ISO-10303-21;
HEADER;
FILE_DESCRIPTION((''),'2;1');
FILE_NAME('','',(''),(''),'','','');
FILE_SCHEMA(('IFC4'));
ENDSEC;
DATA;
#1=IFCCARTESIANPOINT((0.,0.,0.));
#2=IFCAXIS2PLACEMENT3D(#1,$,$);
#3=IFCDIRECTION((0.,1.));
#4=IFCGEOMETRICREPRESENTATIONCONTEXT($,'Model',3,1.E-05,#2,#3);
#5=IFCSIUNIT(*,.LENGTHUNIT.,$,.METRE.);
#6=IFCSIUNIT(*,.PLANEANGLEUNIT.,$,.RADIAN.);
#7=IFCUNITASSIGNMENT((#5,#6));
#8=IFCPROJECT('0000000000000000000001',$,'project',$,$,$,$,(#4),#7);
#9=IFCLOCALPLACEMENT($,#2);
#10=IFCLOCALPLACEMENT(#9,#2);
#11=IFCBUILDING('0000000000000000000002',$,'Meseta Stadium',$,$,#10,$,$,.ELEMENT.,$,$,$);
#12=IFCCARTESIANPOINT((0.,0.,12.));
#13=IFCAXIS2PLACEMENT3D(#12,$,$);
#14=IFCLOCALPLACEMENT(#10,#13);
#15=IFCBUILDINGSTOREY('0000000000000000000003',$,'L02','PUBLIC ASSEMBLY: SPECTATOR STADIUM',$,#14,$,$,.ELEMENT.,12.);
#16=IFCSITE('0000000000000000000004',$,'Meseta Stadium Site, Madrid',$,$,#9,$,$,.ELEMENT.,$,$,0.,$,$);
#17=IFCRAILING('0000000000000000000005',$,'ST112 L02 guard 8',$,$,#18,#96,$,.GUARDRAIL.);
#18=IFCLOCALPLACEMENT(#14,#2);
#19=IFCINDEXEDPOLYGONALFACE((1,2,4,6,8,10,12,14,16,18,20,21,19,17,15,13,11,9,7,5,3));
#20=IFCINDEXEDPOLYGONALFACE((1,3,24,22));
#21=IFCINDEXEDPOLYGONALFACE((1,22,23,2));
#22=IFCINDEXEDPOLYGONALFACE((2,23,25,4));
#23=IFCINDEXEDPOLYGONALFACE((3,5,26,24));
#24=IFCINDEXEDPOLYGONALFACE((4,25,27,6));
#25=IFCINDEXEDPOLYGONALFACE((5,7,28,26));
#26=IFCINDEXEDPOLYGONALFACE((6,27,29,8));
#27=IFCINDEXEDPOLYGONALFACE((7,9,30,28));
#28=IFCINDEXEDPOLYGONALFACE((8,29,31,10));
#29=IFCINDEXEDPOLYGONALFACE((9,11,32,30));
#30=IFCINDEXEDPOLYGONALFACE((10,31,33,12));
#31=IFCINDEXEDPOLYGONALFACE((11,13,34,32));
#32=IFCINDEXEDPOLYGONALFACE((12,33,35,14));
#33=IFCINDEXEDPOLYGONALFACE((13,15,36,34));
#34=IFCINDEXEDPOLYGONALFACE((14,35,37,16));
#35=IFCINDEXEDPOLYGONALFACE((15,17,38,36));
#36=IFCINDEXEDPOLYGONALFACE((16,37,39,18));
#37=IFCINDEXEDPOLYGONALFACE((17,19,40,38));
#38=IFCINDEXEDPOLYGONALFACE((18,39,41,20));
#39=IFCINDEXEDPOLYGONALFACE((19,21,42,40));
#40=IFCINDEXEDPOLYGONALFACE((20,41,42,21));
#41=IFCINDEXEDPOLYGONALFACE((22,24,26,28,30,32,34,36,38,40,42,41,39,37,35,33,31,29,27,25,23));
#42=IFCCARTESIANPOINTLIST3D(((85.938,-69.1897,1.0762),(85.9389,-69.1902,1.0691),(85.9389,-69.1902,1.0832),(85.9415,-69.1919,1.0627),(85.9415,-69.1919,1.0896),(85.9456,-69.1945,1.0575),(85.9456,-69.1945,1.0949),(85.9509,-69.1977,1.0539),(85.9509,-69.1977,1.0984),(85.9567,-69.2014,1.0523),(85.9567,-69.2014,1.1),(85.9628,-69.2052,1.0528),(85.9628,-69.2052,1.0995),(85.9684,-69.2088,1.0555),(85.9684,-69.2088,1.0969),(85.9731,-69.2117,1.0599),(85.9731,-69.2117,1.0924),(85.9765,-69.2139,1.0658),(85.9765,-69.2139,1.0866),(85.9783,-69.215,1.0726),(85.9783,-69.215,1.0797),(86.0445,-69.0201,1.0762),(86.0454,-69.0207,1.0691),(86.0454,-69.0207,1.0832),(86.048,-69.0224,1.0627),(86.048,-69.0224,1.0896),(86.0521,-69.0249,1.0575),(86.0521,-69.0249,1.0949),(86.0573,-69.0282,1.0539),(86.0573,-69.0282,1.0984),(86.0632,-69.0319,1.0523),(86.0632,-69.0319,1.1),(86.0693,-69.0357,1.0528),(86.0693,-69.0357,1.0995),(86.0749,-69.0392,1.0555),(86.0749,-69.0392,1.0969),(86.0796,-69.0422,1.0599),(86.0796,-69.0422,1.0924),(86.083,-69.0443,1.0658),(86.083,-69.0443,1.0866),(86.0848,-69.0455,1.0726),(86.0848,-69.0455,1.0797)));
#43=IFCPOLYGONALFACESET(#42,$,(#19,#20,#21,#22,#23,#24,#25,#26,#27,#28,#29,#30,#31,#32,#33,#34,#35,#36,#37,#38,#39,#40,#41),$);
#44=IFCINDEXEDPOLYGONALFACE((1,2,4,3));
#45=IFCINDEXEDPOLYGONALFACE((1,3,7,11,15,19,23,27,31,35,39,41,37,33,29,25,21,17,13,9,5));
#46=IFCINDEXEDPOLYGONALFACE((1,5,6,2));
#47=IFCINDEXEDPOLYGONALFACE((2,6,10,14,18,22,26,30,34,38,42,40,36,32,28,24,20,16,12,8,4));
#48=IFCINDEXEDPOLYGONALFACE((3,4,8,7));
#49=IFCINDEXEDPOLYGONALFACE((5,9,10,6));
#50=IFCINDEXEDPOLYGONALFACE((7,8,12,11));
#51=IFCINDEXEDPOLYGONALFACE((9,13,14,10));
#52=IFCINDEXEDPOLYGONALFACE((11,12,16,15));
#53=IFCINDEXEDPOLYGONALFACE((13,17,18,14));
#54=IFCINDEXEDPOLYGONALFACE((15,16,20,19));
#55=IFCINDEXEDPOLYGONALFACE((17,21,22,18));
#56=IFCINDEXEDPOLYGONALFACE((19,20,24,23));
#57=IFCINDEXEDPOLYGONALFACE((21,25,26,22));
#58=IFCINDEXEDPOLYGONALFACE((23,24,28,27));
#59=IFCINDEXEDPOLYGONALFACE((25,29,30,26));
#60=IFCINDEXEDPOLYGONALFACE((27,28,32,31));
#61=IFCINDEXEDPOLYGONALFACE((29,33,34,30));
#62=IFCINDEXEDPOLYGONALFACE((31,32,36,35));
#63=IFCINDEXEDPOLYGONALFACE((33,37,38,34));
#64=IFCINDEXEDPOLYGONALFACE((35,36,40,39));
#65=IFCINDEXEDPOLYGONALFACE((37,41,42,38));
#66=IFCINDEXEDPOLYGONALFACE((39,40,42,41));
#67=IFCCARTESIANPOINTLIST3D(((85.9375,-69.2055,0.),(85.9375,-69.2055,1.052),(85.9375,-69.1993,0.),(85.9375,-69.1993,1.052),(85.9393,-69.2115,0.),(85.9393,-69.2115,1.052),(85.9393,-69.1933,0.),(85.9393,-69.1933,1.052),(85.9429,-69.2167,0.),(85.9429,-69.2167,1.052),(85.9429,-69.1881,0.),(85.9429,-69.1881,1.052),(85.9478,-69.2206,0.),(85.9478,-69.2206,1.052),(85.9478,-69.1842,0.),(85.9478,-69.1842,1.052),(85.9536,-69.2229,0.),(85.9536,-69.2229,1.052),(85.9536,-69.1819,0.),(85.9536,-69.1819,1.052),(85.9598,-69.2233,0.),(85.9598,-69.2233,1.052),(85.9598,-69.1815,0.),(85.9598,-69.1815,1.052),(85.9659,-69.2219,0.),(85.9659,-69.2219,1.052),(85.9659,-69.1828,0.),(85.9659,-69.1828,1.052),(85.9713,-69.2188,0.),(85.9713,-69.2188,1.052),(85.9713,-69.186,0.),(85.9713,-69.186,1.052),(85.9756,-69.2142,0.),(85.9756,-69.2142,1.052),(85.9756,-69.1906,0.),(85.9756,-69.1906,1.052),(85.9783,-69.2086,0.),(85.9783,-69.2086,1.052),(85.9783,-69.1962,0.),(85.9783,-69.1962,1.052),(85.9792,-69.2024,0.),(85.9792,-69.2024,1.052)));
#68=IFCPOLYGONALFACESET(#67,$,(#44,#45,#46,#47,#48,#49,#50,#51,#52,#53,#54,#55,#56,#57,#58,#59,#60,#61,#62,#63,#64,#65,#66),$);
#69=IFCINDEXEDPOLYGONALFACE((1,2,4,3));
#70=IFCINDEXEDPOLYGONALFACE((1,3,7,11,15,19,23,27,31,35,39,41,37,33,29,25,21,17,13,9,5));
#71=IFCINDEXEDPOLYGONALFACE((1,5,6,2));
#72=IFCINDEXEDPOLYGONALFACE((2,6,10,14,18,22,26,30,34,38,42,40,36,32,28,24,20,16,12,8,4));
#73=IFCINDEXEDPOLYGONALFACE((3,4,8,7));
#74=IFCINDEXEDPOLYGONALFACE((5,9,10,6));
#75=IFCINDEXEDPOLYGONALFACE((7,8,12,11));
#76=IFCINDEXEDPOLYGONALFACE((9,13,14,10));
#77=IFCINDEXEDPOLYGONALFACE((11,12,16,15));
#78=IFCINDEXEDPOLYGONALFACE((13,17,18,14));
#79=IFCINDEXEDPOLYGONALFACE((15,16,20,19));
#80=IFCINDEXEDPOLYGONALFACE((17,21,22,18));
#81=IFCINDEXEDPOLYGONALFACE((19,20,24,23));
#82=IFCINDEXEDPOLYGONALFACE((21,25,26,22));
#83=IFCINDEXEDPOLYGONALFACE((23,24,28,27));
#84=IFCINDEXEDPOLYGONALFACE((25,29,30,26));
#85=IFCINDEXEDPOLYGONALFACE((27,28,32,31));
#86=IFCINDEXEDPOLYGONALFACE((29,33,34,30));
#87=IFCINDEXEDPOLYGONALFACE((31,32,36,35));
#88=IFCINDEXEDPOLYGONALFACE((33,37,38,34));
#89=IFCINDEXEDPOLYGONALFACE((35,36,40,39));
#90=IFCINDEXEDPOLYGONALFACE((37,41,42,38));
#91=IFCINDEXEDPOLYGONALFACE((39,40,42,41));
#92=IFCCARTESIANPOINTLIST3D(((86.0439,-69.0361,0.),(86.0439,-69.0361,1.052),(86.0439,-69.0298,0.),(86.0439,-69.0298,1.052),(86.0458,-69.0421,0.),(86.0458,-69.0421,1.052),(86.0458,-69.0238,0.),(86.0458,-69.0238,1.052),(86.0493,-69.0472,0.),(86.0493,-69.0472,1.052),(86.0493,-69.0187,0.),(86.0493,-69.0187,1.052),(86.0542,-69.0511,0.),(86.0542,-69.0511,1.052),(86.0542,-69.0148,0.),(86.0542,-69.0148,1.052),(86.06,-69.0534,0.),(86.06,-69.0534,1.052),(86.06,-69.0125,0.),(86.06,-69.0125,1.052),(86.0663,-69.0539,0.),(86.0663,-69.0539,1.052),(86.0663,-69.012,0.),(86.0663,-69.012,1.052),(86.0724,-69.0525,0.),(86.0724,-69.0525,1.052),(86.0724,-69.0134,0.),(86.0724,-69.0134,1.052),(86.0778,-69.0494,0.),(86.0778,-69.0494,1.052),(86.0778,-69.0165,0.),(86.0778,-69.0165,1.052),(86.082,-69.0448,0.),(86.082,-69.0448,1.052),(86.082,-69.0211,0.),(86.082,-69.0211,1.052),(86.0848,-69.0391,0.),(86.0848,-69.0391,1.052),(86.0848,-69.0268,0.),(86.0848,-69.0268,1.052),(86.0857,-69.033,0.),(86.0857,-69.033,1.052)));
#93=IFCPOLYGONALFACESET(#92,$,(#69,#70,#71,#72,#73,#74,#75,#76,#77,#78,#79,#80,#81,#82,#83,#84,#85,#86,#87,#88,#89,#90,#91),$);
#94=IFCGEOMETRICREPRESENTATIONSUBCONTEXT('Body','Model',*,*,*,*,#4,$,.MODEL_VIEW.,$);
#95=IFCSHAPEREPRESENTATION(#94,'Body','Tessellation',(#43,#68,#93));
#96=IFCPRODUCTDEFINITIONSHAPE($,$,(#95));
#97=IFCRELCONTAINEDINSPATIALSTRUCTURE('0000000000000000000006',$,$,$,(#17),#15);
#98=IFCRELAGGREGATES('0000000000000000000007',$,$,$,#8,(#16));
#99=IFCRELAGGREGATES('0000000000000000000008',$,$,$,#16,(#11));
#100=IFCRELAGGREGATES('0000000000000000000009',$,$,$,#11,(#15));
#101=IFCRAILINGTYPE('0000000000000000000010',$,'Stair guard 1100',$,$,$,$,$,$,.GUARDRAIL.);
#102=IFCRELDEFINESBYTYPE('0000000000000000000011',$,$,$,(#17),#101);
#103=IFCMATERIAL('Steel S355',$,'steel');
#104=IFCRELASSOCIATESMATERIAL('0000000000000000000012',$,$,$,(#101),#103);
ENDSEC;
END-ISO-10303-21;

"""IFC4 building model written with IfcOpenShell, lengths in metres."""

from ifc_helpers import new_model, si_unit, direction, frame, origin, origin_2d, place, context, subcontext, project, spatial, circle, extrude, material, type_object, element, save


model = new_model("IFC4")

# Units and contexts
model_context = context("Model", 3, precision=1e-05, world=origin(), true_north=direction((0.0, 1.0)))
body_context = subcontext(model_context, "Body", "Model", "MODEL_VIEW")
ifc_project = project(units=[si_unit("LENGTHUNIT", "METRE"), si_unit("PLANEANGLEUNIT", "RADIAN")], contexts=[model_context])

# Site, building, storey
site_placement = place(None, origin())
site = spatial("IfcSite", under=ifc_project, at=site_placement, Name="Meseta Stadium Site, Madrid", CompositionType="ELEMENT", RefElevation=0.0)
building_placement = place(site_placement, origin())
building = spatial("IfcBuilding", under=site, at=building_placement, Name="Meseta Stadium", CompositionType="ELEMENT")
storey_placement = place(building_placement, frame((0.0, 0.0, 12.0)))
storey = spatial("IfcBuildingStorey", under=building, at=storey_placement, Name="L02", Description="PUBLIC ASSEMBLY: SPECTATOR STADIUM", CompositionType="ELEMENT", Elevation=12.0)

# Railing
ifc_material_1 = material(Name="Steel S355", Category="steel")
railing_type_1 = type_object("IfcRailingType", Name="Stair guard 1100", PredefinedType="GUARDRAIL", material=ifc_material_1)
railing_1_placement = place(storey_placement, frame((85.9583, -69.2024, 0.0)))
element("IfcRailing", 1, at=railing_1_placement, inside=storey, type_object=railing_type_1, Name="ST112 L02 guard 8", PredefinedType="GUARDRAIL", context=body_context, shape_type="SweptSolid", body=[
    extrude(circle(Radius=0.0239, at=origin_2d()), frame((0.0, 0.0, 1.0762), z_axis=(0.531972, 0.846762, 0.0), x_axis=(-0.846762, 0.531972, 0.0)), (0.0, 0.0, 1.0), 0.2002),
    extrude(circle(Radius=0.021, at=origin_2d()), origin(), (0.0, 0.0, 1.0), 1.052),
    extrude(circle(Radius=0.021, at=origin_2d()), frame((0.1064, 0.1694, 0.0)), (0.0, 0.0, 1.0), 1.052),
])

save(model, "model.ifc")
